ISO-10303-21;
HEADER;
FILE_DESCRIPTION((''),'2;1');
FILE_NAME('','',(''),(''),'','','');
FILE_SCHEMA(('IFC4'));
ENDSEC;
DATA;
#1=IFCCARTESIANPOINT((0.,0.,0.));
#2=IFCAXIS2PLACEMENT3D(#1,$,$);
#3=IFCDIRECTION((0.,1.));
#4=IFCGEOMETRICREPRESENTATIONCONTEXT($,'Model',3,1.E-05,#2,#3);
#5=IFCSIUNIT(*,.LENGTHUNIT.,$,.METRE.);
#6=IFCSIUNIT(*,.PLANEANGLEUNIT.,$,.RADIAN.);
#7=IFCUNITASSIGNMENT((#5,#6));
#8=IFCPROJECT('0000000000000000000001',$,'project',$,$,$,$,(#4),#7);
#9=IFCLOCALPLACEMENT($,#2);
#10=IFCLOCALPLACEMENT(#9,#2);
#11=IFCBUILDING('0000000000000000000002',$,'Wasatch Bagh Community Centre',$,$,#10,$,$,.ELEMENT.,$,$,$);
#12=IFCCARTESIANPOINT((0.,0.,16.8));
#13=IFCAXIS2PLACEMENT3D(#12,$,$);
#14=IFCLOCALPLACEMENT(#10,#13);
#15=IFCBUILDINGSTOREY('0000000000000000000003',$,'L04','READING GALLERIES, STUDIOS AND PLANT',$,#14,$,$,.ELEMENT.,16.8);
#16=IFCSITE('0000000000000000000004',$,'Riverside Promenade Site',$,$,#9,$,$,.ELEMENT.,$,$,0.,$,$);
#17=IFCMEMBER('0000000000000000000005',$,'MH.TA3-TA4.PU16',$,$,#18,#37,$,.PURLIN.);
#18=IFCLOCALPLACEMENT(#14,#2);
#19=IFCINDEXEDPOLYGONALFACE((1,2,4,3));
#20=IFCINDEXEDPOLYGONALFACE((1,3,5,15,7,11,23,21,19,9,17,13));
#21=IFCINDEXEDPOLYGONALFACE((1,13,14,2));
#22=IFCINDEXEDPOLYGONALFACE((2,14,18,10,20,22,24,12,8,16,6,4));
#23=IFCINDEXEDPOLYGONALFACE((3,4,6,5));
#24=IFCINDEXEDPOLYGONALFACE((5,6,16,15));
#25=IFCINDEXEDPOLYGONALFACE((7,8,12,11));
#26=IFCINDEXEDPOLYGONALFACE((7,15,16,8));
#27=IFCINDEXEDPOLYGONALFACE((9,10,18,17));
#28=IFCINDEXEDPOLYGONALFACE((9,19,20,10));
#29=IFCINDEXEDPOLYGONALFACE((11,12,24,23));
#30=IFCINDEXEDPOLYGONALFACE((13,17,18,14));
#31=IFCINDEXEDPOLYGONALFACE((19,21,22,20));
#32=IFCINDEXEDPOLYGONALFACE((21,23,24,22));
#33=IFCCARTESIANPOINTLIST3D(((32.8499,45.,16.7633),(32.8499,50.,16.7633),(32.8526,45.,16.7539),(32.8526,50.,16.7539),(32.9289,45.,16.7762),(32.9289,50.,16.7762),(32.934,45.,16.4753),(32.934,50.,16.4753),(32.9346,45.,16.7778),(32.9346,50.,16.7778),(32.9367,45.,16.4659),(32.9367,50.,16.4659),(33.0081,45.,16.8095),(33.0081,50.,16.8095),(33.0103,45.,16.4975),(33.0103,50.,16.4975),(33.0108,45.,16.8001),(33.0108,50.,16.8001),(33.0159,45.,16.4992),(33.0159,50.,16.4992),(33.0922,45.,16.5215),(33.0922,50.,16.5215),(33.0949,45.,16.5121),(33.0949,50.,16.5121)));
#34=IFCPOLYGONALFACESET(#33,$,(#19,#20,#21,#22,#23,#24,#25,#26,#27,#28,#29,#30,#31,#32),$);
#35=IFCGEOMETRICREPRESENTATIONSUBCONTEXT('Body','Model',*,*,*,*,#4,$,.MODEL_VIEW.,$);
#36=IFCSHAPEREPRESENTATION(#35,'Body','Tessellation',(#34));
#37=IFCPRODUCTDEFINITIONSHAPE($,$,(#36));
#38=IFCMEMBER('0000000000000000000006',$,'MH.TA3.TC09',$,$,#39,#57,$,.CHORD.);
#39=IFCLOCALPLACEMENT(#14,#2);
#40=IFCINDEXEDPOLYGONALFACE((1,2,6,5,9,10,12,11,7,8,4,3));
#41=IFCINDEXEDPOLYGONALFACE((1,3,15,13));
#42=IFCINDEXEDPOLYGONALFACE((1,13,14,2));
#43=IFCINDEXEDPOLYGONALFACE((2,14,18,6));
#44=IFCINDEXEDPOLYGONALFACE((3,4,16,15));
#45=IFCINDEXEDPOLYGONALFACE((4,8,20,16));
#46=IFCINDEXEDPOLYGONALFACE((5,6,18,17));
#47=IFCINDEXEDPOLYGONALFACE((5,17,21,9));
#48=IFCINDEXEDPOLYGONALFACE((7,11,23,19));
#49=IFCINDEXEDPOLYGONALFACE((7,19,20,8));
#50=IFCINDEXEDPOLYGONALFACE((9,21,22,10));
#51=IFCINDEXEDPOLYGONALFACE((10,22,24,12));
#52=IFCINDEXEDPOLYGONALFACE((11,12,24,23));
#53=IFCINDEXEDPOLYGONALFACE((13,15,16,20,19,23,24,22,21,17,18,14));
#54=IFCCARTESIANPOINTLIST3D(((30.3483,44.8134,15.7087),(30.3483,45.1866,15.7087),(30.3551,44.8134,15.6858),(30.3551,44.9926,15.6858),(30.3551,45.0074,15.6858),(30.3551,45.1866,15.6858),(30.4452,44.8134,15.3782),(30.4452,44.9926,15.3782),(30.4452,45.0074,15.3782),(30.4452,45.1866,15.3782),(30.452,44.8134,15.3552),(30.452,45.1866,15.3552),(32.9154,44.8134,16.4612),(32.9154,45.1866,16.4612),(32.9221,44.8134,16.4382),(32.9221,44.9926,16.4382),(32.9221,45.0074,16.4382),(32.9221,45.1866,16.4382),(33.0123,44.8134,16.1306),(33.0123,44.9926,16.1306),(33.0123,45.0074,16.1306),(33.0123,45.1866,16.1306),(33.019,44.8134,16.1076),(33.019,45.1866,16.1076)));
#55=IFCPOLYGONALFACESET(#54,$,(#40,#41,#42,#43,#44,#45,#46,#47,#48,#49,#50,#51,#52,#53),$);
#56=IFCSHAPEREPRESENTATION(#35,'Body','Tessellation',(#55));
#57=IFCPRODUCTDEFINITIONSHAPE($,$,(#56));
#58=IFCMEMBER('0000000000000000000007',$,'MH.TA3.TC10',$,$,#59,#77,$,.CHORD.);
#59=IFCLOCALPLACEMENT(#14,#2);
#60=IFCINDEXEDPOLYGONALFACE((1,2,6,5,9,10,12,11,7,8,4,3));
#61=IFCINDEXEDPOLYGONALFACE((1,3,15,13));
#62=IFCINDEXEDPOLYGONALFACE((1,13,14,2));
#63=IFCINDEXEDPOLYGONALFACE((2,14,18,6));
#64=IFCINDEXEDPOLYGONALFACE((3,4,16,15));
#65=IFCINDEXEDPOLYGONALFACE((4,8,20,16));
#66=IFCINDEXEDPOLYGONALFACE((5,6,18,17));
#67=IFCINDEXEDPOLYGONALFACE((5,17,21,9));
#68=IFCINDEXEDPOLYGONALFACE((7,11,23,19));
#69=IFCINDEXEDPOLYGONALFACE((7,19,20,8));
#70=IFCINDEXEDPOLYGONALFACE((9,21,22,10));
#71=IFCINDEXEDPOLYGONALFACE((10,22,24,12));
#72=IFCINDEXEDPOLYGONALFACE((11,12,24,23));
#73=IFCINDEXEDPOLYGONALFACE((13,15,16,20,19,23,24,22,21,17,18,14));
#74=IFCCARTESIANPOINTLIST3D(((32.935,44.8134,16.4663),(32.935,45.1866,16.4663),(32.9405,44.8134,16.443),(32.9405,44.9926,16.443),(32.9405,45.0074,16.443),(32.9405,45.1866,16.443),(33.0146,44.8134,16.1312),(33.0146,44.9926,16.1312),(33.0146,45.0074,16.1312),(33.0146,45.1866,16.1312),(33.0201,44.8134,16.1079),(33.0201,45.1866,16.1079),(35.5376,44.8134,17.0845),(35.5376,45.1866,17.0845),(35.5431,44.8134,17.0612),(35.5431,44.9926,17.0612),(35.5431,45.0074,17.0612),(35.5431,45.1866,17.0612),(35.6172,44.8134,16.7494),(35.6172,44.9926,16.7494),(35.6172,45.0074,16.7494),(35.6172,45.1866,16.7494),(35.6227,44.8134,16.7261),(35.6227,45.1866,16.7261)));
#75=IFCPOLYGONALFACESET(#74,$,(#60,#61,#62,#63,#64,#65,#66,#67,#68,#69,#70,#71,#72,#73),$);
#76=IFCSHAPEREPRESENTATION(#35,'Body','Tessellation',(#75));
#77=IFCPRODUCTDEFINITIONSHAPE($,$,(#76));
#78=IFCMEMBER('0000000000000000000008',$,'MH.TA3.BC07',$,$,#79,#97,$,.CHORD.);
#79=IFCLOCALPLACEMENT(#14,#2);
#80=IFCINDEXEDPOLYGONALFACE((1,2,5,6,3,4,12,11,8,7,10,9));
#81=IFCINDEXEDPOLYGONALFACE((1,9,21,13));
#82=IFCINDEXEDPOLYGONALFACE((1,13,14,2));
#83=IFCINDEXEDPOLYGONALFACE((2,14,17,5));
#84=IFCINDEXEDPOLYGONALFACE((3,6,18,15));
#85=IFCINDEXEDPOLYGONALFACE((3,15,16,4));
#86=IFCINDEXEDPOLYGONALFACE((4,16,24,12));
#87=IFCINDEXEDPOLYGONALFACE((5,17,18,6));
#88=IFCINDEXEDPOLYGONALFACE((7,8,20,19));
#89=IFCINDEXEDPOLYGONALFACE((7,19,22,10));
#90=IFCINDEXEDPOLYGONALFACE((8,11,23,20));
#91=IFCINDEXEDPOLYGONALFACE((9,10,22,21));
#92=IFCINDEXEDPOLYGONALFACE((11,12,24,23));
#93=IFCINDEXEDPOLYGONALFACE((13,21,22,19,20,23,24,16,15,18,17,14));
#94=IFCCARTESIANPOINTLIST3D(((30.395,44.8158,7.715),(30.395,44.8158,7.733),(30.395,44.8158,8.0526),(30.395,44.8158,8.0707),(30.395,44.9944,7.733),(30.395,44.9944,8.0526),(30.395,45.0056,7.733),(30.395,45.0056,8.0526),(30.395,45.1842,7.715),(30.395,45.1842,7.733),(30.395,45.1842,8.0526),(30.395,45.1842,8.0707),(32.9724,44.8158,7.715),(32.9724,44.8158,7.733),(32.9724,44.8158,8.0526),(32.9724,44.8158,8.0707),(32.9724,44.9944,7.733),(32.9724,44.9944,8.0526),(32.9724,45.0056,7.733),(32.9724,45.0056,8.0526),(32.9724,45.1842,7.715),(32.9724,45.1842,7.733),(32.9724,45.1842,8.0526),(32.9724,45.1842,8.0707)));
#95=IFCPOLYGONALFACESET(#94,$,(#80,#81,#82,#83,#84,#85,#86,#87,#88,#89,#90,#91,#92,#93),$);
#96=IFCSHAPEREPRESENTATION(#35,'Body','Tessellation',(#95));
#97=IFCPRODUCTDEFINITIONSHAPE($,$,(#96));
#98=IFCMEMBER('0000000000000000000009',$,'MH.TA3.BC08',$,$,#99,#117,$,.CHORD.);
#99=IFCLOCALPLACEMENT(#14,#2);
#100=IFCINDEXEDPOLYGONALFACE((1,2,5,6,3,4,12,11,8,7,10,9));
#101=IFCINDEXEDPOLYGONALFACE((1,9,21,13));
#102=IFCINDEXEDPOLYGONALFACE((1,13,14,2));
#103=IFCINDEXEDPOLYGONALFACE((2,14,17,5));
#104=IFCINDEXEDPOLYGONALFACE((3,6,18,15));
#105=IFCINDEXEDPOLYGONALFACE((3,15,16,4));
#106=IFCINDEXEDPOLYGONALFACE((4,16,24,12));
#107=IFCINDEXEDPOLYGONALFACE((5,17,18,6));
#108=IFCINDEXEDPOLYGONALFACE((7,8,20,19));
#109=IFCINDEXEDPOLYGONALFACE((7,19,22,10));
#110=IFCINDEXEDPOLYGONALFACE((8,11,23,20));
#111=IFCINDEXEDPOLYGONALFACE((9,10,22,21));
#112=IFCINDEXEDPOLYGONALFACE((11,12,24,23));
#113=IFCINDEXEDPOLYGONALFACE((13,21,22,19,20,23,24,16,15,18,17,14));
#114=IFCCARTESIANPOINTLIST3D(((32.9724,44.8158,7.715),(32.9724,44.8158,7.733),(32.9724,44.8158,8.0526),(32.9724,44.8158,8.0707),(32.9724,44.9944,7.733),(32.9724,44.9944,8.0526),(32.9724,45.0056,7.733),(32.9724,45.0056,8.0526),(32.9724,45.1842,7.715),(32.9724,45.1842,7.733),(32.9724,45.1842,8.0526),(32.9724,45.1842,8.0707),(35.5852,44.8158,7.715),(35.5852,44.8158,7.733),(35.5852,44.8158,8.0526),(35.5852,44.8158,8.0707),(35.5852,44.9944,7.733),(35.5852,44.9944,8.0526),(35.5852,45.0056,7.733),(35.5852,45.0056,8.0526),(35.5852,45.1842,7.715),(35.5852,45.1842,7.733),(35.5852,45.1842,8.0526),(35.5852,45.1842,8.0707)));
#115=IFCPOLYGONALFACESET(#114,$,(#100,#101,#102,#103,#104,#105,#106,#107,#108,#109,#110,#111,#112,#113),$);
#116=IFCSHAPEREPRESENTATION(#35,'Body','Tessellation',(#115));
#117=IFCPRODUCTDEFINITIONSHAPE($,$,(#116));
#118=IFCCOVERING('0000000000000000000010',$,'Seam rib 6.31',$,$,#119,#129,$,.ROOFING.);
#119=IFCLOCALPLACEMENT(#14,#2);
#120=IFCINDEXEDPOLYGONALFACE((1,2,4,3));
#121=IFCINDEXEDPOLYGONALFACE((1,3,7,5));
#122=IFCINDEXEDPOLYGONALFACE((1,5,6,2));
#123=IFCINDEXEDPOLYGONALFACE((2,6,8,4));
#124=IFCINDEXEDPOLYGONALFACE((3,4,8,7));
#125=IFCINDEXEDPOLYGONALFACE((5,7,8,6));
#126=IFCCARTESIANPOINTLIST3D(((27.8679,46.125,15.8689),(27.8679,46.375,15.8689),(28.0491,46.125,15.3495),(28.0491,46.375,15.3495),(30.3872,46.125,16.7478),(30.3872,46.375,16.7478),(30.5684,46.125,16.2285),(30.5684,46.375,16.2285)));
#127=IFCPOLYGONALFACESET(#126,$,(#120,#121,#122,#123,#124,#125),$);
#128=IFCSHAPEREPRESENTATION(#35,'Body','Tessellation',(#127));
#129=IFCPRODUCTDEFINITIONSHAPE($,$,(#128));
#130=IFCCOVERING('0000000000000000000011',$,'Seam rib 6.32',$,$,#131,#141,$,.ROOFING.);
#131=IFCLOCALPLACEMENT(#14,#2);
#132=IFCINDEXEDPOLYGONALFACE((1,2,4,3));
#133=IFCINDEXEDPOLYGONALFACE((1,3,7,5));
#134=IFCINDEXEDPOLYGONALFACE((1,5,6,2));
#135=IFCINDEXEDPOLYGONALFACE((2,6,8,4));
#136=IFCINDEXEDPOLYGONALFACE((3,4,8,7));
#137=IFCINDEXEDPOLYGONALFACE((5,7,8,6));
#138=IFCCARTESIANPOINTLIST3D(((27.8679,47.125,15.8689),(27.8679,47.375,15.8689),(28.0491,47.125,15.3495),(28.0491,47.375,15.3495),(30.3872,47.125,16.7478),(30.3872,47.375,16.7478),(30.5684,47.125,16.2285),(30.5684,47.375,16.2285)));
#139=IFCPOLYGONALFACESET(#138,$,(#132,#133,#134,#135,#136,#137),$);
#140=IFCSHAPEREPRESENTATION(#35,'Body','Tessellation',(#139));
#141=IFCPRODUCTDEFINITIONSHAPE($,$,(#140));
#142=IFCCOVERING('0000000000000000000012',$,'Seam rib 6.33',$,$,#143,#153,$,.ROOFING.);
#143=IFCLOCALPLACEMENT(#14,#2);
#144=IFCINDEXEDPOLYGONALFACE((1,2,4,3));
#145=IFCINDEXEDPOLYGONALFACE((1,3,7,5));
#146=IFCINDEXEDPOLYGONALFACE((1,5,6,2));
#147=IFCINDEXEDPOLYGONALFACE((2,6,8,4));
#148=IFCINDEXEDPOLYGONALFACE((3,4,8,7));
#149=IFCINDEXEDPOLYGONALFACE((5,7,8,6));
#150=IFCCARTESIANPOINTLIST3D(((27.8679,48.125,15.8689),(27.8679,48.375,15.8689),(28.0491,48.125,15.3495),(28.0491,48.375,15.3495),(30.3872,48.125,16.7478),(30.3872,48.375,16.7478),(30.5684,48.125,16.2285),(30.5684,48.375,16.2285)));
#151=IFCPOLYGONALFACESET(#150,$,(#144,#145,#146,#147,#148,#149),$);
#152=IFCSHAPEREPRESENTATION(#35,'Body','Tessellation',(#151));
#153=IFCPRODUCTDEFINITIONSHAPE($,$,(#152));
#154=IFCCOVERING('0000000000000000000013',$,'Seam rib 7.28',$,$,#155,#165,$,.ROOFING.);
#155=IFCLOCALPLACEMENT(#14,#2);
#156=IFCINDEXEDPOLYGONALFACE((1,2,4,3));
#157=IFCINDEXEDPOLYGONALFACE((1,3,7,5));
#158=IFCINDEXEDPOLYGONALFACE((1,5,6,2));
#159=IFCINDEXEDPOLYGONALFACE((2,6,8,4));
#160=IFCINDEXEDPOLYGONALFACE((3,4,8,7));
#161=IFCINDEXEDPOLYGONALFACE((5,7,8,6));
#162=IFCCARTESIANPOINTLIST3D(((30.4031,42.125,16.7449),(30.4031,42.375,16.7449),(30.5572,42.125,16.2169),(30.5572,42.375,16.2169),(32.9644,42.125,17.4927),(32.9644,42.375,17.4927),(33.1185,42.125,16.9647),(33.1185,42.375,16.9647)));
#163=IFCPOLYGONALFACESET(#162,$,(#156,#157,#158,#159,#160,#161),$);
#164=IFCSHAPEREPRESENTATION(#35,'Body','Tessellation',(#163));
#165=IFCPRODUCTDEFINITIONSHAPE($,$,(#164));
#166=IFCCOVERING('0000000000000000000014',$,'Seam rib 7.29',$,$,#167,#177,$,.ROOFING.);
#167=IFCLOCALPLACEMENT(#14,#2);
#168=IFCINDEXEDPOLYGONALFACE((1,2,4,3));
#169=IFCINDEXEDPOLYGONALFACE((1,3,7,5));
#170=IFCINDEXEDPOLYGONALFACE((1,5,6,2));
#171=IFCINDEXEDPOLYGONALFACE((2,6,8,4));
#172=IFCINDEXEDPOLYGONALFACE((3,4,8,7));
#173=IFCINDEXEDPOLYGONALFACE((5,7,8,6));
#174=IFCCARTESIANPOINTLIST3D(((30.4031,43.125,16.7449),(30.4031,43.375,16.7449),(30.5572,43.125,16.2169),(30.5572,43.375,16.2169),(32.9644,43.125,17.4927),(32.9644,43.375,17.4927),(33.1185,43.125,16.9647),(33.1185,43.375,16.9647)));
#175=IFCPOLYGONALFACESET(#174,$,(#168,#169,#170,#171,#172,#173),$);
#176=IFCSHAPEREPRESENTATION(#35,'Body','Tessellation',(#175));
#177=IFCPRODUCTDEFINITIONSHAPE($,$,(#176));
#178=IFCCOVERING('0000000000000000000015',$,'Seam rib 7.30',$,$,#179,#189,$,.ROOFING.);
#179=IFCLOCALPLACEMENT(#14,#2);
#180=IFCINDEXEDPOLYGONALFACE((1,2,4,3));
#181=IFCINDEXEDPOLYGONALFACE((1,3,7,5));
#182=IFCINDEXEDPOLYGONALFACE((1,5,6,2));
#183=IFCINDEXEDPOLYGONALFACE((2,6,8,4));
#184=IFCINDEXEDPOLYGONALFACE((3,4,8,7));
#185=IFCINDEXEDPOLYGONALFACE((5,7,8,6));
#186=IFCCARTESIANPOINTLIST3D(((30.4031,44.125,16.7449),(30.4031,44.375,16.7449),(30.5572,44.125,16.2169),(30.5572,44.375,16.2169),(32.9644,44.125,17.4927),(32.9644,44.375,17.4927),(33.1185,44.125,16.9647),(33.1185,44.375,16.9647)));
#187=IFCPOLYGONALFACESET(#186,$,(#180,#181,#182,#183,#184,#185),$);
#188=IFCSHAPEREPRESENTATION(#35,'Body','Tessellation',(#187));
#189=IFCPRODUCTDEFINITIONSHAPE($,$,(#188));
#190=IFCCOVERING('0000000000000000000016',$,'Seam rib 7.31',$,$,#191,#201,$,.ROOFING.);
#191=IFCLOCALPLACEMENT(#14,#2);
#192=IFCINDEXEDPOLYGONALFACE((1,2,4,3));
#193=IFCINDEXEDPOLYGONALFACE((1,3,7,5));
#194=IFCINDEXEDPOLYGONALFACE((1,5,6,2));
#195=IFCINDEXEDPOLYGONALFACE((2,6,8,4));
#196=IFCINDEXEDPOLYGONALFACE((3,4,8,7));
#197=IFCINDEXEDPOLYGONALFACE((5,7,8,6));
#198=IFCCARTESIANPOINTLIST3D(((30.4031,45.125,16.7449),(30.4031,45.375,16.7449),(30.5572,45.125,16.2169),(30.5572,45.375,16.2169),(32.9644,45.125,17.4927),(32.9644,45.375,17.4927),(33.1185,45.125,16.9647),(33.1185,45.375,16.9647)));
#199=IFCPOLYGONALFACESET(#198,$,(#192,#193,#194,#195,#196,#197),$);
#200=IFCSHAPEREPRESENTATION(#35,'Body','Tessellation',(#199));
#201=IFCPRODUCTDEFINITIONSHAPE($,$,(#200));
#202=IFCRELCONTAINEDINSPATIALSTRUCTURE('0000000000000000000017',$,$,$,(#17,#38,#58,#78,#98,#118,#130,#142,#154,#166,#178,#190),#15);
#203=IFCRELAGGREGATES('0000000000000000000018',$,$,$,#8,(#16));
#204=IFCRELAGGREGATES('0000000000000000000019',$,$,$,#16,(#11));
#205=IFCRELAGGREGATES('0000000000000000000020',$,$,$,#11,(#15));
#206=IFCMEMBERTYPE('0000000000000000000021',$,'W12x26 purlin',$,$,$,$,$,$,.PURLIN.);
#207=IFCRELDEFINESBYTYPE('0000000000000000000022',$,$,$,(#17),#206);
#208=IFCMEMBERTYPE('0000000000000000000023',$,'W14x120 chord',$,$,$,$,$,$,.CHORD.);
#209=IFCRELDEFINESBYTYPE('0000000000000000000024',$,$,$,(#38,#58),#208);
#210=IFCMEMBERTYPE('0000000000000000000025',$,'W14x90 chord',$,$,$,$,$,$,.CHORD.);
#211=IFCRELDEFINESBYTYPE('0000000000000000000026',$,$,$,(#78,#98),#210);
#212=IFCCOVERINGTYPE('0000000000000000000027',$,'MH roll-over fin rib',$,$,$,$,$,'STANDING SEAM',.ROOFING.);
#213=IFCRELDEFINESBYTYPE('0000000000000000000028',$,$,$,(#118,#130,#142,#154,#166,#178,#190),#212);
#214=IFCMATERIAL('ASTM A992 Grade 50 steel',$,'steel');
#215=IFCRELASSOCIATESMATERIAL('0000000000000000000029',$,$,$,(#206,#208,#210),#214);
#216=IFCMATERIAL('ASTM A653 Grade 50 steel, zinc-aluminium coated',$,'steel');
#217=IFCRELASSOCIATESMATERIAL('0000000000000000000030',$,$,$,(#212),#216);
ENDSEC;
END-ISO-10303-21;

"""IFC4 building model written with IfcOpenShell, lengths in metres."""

from ifc_helpers import new_model, si_unit, direction, frame, origin, origin_2d, place, context, subcontext, project, spatial, polyline, i_section, outline, extrude, material, material_profile, profile_set, type_object, element, save


model = new_model("IFC4")

# Units and contexts
model_context = context("Model", 3, precision=1e-05, world=origin(), true_north=direction((0.0, 1.0)))
body_context = subcontext(model_context, "Body", "Model", "MODEL_VIEW")
ifc_project = project(units=[si_unit("LENGTHUNIT", "METRE"), si_unit("PLANEANGLEUNIT", "RADIAN")], contexts=[model_context])

# Site, building, storey
site_placement = place(None, origin())
site = spatial("IfcSite", under=ifc_project, at=site_placement, Name="Riverside Promenade Site", CompositionType="ELEMENT", RefElevation=0.0)
building_placement = place(site_placement, origin())
building = spatial("IfcBuilding", under=site, at=building_placement, Name="Wasatch Bagh Community Centre", CompositionType="ELEMENT")
storey_placement = place(building_placement, frame((0.0, 0.0, 16.8)))
storey = spatial("IfcBuildingStorey", under=building, at=storey_placement, Name="L04", Description="READING GALLERIES, STUDIOS AND PLANT", CompositionType="ELEMENT", Elevation=16.8)

# Members
ifc_material_1 = material(Name="ASTM A992 Grade 50 steel", Category="steel")
ifc_material_profile_1 = material_profile(ifc_material_1, i_section(OverallWidth=0.1648, OverallDepth=0.3098, WebThickness=0.0059, FlangeThickness=0.0098, at=origin_2d()), Name="W12x26")
ifc_profile_set_1 = profile_set([ifc_material_profile_1], Name="ASTM A992 Grade 50 steel")
member_type_1 = type_object("IfcMemberType", Name="W12x26 purlin", PredefinedType="PURLIN", material=ifc_profile_set_1)
for number, where, z_axis, x_axis, name in (
    (1, (32.9724, 45.0, 16.6377), (0.0, 1.0, 0.0), (-0.959938, 0.0, -0.280214), "MH.TA3-TA4.PU16"),
):
    element("IfcMember", number, at=place(storey_placement, frame(where, z_axis=z_axis, x_axis=x_axis)), inside=storey, type_object=member_type_1, Name=name, PredefinedType="PURLIN", context=body_context, shape_type="SweptSolid", body=[
        extrude(i_section(OverallWidth=0.1648, OverallDepth=0.3098, WebThickness=0.0059, FlangeThickness=0.0098, at=origin_2d()), origin(), (0.0, 0.0, 1.0), 5.0),
    ])
ifc_material_profile_2 = material_profile(ifc_material_1, i_section(OverallWidth=0.3733, OverallDepth=0.3684, WebThickness=0.0149, FlangeThickness=0.0239, at=origin_2d()), Name="W14x120")
ifc_profile_set_2 = profile_set([ifc_material_profile_2], Name="ASTM A992 Grade 50 steel")
member_type_2 = type_object("IfcMemberType", Name="W14x120 chord", PredefinedType="CHORD", material=ifc_profile_set_2)
for number, where, z_axis, x_axis, name in (
    (2, (30.4001, 45.0, 15.532), (0.959628, 0.0, 0.281272), (0.0, 1.0, 0.0), "MH.TA3.TC09"),
    (3, (32.9775, 45.0, 16.2871), (0.972931, 0.0, 0.231094), (0.0, 1.0, 0.0), "MH.TA3.TC10"),
):
    element("IfcMember", number, at=place(storey_placement, frame(where, z_axis=z_axis, x_axis=x_axis)), inside=storey, type_object=member_type_2, Name=name, PredefinedType="CHORD", context=body_context, shape_type="SweptSolid", body=[
        extrude(i_section(OverallWidth=0.3733, OverallDepth=0.3684, WebThickness=0.0149, FlangeThickness=0.0239, at=origin_2d()), origin(), (0.0, 0.0, 1.0), 2.675),
    ])
ifc_material_profile_3 = material_profile(ifc_material_1, i_section(OverallWidth=0.3684, OverallDepth=0.3557, WebThickness=0.0112, FlangeThickness=0.0181, at=origin_2d()), Name="W14x90")
ifc_profile_set_3 = profile_set([ifc_material_profile_3], Name="ASTM A992 Grade 50 steel")
member_type_3 = type_object("IfcMemberType", Name="W14x90 chord", PredefinedType="CHORD", material=ifc_profile_set_3)
member_1_placement = place(storey_placement, frame((30.395, 45.0, 7.8928), z_axis=(1.0, 0.0, 0.0), x_axis=(0.0, 1.0, 0.0)))
element("IfcMember", 4, at=member_1_placement, inside=storey, type_object=member_type_3, Name="MH.TA3.BC07", PredefinedType="CHORD", context=body_context, shape_type="SweptSolid", body=[
    extrude(i_section(OverallWidth=0.3684, OverallDepth=0.3557, WebThickness=0.0112, FlangeThickness=0.0181, at=origin_2d()), origin(), (0.0, 0.0, 1.0), 2.5774),
])
member_2_placement = place(storey_placement, frame((32.9724, 45.0, 7.8928), z_axis=(1.0, 0.0, 0.0), x_axis=(0.0, 1.0, 0.0)))
element("IfcMember", 5, at=member_2_placement, inside=storey, type_object=member_type_3, Name="MH.TA3.BC08", PredefinedType="CHORD", context=body_context, shape_type="SweptSolid", body=[
    extrude(i_section(OverallWidth=0.3684, OverallDepth=0.3557, WebThickness=0.0112, FlangeThickness=0.0181, at=origin_2d()), origin(), (0.0, 0.0, 1.0), 2.6128),
])

# Coverings
ifc_material_2 = material(Name="ASTM A653 Grade 50 steel, zinc-aluminium coated", Category="steel")
covering_type = type_object("IfcCoveringType", Name="MH roll-over fin rib", ElementType="STANDING SEAM", PredefinedType="ROOFING", material=ifc_material_2)
for number, where, z_axis, x_axis, name in (
    (6, (27.8679, 46.125, 15.8689), (-0.329401, 0.0, 0.94419), (0.94419, 0.0, 0.329401), "Seam rib 6.31"),
    (7, (27.8679, 47.125, 15.8689), (-0.329401, 0.0, 0.94419), (0.94419, 0.0, 0.329401), "Seam rib 6.32"),
    (8, (27.8679, 48.125, 15.8689), (-0.329401, 0.0, 0.94419), (0.94419, 0.0, 0.329401), "Seam rib 6.33"),
):
    element("IfcCovering", number, at=place(storey_placement, frame(where, z_axis=z_axis, x_axis=x_axis)), inside=storey, type_object=covering_type, Name=name, PredefinedType="ROOFING", context=body_context, shape_type="SweptSolid", body=[
        extrude(outline(polyline([(0.0, 0.0), (2.6682, 0.0), (2.6682, 0.25), (0.0, 0.25), (0.0, 0.0)])), origin(), (0.0, 0.0, -1.0), 0.55),
    ])
for number, where, z_axis, x_axis, name in (
    (9, (30.4031, 42.125, 16.7449), (-0.280264, 0.0, 0.959923), (0.959923, 0.0, 0.280264), "Seam rib 7.28"),
    (10, (30.4031, 43.125, 16.7449), (-0.280264, 0.0, 0.959923), (0.959923, 0.0, 0.280264), "Seam rib 7.29"),
    (11, (30.4031, 44.125, 16.7449), (-0.280264, 0.0, 0.959923), (0.959923, 0.0, 0.280264), "Seam rib 7.30"),
    (12, (30.4031, 45.125, 16.7449), (-0.280264, 0.0, 0.959923), (0.959923, 0.0, 0.280264), "Seam rib 7.31"),
):
    element("IfcCovering", number, at=place(storey_placement, frame(where, z_axis=z_axis, x_axis=x_axis)), inside=storey, type_object=covering_type, Name=name, PredefinedType="ROOFING", context=body_context, shape_type="SweptSolid", body=[
        extrude(outline(polyline([(0.0, 0.0), (2.6682, 0.0), (2.6682, 0.25), (0.0, 0.25), (0.0, 0.0)])), origin(), (0.0, 0.0, -1.0), 0.55),
    ])

save(model, "model.ifc")
